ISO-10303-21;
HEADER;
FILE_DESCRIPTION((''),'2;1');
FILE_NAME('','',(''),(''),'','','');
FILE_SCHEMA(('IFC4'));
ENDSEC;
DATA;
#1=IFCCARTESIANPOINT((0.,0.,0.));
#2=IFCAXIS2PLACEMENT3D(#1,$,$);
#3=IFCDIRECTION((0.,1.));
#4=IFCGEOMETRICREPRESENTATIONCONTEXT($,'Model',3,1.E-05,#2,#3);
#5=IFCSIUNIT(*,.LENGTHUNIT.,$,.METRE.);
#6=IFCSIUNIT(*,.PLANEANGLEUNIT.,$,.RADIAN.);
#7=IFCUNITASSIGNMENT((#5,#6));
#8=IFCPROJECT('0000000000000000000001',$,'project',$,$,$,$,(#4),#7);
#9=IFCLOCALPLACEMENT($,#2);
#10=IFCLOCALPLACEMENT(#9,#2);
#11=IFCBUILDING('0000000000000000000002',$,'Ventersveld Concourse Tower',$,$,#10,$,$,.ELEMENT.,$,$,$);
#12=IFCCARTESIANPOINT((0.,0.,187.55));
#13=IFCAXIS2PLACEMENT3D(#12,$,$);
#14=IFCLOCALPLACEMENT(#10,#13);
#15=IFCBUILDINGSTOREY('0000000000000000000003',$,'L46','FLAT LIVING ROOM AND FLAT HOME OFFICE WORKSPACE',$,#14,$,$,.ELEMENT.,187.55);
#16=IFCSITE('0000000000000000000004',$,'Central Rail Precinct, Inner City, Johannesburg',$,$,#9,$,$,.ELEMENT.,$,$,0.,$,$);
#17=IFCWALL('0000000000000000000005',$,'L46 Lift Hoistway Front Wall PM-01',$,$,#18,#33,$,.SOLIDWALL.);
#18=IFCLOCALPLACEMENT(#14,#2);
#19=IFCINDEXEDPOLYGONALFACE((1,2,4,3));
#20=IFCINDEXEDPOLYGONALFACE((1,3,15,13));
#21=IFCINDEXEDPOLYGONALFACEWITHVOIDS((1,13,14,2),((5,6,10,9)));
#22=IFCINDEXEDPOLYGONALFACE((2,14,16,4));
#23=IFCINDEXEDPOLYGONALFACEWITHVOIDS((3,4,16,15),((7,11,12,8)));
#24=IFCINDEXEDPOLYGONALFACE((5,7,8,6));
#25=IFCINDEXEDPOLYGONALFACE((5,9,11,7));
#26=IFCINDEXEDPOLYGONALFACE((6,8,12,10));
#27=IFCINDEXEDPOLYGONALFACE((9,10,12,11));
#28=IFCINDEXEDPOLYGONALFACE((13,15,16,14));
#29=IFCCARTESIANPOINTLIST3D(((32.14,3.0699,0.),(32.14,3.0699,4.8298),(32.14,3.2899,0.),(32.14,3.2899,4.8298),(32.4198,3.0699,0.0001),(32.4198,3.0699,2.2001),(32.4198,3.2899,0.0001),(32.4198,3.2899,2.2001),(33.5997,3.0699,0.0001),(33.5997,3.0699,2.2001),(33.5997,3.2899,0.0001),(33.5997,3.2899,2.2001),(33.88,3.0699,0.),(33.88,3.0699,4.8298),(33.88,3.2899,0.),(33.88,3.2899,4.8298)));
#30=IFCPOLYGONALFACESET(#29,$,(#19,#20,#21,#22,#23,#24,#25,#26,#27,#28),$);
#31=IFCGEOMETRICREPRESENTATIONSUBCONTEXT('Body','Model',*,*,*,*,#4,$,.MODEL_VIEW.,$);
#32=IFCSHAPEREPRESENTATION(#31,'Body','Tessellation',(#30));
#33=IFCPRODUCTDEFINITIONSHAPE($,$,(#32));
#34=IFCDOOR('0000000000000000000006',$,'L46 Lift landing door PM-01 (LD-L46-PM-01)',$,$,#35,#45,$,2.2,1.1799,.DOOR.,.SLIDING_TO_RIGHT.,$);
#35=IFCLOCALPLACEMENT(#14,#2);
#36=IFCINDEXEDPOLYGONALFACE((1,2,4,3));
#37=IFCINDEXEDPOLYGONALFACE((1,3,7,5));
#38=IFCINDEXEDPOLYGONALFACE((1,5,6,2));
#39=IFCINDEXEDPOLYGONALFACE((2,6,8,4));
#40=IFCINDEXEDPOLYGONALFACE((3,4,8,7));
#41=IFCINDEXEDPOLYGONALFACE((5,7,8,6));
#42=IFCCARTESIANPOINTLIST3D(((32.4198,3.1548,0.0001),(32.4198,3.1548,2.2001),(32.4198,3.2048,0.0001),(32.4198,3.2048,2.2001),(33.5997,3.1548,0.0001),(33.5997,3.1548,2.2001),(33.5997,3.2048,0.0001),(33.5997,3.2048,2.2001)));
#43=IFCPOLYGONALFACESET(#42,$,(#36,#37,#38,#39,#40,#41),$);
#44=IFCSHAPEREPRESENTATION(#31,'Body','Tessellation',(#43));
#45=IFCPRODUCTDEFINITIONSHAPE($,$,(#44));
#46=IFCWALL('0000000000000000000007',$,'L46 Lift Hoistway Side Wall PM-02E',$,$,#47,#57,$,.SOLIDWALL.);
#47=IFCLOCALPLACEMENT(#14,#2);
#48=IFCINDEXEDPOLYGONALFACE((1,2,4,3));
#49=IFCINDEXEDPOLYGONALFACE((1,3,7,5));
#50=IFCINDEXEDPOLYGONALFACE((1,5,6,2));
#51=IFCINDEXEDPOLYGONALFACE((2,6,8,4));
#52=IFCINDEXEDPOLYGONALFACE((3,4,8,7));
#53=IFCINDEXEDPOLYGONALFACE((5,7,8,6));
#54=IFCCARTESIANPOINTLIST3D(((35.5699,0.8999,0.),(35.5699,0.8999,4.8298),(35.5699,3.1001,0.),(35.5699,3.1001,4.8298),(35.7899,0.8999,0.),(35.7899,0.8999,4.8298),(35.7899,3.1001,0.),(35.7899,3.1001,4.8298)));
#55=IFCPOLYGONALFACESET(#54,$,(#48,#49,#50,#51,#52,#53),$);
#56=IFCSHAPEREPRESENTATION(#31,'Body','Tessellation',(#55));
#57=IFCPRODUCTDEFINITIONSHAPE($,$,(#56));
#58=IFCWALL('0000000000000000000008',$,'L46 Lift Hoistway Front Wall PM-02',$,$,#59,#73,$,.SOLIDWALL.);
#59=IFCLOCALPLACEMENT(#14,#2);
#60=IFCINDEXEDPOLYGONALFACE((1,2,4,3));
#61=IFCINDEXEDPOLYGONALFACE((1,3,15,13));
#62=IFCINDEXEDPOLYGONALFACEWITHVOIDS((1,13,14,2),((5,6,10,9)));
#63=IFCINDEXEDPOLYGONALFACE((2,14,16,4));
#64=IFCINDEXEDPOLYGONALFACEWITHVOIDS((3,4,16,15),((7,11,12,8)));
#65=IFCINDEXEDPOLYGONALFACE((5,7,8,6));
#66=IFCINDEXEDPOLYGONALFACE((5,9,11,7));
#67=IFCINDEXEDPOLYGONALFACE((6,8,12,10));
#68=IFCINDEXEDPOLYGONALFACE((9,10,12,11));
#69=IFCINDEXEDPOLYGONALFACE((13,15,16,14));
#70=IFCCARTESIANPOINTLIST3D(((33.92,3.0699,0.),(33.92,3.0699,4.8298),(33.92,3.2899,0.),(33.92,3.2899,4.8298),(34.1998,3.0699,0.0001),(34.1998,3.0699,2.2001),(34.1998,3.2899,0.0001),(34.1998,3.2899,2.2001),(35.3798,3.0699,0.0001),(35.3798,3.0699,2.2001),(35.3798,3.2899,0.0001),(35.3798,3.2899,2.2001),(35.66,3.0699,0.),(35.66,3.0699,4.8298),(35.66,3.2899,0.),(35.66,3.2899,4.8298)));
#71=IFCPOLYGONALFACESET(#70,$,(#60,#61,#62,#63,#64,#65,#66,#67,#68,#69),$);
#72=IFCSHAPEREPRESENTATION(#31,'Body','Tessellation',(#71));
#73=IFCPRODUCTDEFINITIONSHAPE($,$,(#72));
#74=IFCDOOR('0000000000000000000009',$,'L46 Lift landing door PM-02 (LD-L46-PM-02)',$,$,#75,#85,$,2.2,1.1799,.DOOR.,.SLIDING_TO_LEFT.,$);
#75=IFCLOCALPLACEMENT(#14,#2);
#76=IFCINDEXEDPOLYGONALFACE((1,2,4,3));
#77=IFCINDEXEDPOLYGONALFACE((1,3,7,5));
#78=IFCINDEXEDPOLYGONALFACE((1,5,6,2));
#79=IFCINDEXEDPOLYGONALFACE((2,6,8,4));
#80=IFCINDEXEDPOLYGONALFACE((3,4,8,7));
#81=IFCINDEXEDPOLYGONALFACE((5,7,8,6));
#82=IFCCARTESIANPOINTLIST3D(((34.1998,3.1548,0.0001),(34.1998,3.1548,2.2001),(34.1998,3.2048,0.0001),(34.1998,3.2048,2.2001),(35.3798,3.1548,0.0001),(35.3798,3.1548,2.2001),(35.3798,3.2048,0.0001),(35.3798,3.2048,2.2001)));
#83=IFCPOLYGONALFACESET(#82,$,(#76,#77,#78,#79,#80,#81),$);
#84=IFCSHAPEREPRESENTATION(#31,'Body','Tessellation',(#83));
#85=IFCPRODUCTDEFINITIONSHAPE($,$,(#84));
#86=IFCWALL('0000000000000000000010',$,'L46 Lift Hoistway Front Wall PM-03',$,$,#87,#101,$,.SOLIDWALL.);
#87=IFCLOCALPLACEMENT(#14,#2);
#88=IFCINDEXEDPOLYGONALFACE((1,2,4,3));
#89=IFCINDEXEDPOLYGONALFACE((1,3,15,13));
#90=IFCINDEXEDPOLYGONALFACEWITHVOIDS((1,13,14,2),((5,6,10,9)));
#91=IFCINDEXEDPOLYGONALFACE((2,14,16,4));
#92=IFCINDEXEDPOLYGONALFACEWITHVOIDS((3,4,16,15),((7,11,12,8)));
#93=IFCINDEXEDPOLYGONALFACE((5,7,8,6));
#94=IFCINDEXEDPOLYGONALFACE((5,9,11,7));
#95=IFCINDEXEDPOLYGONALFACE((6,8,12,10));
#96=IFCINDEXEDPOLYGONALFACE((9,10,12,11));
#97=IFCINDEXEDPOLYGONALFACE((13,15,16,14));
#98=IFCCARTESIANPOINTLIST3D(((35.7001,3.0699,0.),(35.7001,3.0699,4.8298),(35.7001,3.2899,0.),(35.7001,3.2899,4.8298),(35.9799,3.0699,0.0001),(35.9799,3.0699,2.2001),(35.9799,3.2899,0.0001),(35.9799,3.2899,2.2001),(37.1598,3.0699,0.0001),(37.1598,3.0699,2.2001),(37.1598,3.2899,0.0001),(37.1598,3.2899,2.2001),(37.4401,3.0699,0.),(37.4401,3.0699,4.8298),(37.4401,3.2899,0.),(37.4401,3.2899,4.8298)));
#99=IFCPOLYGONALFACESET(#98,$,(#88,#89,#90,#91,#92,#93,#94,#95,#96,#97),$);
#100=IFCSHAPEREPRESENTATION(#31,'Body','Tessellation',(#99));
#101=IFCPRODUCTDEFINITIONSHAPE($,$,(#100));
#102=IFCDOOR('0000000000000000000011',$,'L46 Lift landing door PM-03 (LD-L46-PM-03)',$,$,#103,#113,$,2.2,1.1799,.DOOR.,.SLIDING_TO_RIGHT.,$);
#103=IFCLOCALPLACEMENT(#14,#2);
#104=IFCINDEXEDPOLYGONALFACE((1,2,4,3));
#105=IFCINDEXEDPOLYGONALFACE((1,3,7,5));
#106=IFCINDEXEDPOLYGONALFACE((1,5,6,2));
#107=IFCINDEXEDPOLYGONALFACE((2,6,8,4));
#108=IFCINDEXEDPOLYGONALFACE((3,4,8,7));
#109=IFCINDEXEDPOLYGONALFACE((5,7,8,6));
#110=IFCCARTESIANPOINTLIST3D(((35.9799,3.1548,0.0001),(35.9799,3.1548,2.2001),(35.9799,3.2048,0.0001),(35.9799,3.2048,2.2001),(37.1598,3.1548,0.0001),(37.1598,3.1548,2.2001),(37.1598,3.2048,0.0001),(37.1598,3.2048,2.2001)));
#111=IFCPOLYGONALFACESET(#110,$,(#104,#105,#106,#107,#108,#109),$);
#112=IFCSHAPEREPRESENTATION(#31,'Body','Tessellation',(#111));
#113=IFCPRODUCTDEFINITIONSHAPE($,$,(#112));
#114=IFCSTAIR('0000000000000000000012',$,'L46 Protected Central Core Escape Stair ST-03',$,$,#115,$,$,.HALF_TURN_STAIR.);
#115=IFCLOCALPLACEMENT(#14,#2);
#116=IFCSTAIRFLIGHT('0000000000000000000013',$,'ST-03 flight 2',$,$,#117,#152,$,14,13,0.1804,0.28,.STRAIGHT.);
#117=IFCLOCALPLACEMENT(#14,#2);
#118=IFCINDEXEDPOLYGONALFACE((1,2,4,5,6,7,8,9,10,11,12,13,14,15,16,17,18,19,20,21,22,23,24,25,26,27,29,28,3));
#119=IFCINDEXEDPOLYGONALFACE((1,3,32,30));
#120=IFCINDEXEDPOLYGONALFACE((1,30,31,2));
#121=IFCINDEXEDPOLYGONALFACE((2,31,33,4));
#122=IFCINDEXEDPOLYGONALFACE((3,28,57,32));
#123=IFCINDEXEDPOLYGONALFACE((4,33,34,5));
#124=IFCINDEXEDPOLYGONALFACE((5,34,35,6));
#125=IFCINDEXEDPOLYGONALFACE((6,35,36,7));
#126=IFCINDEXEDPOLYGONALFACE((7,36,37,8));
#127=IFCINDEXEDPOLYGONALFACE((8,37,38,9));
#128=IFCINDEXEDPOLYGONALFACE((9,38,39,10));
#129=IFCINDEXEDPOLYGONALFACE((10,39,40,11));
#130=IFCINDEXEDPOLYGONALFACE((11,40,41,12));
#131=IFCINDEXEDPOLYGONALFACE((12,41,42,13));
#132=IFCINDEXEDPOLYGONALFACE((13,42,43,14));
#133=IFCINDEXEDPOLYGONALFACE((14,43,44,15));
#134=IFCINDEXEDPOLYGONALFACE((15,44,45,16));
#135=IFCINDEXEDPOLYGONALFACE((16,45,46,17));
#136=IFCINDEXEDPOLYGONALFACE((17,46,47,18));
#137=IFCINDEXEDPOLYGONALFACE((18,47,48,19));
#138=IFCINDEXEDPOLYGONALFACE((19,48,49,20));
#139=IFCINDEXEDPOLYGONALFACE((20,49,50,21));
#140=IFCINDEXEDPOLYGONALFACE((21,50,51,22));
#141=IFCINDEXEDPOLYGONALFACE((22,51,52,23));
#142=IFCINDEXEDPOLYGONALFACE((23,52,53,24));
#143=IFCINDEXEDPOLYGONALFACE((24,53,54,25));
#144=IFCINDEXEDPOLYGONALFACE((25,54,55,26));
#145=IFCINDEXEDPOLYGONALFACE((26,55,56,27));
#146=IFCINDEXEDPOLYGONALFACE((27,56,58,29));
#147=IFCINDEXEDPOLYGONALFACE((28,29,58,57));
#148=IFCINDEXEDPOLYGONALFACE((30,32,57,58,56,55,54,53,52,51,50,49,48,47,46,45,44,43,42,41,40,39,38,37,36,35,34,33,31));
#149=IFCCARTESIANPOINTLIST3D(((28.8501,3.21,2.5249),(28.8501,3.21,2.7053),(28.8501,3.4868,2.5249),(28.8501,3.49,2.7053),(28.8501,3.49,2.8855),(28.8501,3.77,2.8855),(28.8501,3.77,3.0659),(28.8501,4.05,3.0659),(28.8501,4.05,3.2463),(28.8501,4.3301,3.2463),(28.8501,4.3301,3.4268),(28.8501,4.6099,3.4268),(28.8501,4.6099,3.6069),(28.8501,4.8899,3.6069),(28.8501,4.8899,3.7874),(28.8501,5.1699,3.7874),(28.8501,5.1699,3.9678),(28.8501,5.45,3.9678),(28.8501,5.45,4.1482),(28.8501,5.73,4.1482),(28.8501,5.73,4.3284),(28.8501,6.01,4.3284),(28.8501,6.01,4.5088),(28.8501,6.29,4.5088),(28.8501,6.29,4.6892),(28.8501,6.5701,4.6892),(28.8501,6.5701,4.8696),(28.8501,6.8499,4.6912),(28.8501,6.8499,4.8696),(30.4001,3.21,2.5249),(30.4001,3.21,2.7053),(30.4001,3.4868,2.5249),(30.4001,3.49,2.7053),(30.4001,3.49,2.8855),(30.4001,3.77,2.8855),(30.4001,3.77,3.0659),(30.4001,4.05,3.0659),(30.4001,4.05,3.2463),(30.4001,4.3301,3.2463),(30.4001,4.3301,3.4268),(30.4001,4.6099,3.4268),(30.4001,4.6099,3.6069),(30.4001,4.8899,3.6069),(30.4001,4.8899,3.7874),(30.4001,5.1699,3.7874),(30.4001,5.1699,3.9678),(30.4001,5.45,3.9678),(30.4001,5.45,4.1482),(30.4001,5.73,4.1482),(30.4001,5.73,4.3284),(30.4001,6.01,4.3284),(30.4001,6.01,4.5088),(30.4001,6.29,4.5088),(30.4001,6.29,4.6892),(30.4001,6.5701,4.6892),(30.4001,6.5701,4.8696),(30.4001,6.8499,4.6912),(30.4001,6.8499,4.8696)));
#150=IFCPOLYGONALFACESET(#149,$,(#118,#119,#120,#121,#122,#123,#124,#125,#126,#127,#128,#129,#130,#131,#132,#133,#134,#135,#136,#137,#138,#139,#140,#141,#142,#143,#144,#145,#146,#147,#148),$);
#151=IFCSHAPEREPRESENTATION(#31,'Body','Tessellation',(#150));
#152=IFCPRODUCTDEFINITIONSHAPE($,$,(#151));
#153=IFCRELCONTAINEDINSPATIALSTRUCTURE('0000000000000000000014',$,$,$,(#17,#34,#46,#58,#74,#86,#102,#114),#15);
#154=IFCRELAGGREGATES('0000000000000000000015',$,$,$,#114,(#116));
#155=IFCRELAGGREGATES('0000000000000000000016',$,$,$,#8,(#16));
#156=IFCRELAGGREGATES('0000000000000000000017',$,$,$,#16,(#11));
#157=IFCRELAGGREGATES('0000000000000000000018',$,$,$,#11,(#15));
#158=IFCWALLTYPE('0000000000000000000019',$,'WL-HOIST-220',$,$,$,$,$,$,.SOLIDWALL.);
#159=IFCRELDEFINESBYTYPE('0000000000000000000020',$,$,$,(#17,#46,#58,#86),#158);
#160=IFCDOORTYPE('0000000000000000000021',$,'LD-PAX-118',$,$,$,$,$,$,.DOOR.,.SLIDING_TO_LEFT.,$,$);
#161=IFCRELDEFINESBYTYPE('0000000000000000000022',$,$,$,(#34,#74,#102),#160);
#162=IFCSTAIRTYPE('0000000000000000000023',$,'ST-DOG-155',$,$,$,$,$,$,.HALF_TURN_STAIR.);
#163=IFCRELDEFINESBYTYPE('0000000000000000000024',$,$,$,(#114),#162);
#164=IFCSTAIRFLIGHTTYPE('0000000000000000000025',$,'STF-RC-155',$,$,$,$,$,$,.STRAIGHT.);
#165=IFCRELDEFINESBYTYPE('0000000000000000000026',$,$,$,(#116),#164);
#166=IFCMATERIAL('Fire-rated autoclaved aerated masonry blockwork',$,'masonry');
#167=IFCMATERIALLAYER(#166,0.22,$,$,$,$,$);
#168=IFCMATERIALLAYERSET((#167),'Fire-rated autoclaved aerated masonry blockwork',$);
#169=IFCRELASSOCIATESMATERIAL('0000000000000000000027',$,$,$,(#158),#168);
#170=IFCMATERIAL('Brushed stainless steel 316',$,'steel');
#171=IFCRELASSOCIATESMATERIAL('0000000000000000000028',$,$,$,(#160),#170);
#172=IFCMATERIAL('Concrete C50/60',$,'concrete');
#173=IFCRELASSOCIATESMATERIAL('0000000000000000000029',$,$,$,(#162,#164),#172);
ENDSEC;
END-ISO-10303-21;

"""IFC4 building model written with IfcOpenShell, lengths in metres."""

from ifc_helpers import new_model, si_unit, direction, frame, frame_2d, origin, place, context, subcontext, project, spatial, polyline, rectangle, outline, extrude, material, layer, layer_set, type_object, element, fill, aggregate, save


model = new_model("IFC4")

# Units and contexts
model_context = context("Model", 3, precision=1e-05, world=origin(), true_north=direction((0.0, 1.0)))
body_context = subcontext(model_context, "Body", "Model", "MODEL_VIEW")
ifc_project = project(units=[si_unit("LENGTHUNIT", "METRE"), si_unit("PLANEANGLEUNIT", "RADIAN")], contexts=[model_context])

# Site, building, storey
site_placement = place(None, origin())
site = spatial("IfcSite", under=ifc_project, at=site_placement, Name="Central Rail Precinct, Inner City, Johannesburg", CompositionType="ELEMENT", RefElevation=0.0)
building_placement = place(site_placement, origin())
building = spatial("IfcBuilding", under=site, at=building_placement, Name="Ventersveld Concourse Tower", CompositionType="ELEMENT")
storey_placement = place(building_placement, frame((0.0, 0.0, 187.55)))
storey = spatial("IfcBuildingStorey", under=building, at=storey_placement, Name="L46", Description="FLAT LIVING ROOM AND FLAT HOME OFFICE WORKSPACE", CompositionType="ELEMENT", Elevation=187.55)

# Shared definitions
ifc_material_1 = material(Name="Concrete C50/60", Category="concrete")

# Shared definitions
ifc_material_2 = material(Name="Fire-rated autoclaved aerated masonry blockwork", Category="masonry")
ifc_layer_1 = layer(ifc_material_2, 0.22)
ifc_layer_set_1 = layer_set([ifc_layer_1], Name="Fire-rated autoclaved aerated masonry blockwork")
wall_type_1 = type_object("IfcWallType", Name="WL-HOIST-220", PredefinedType="SOLIDWALL", material=ifc_layer_set_1)

# Wall, opening, door
wall_1_placement = place(storey_placement, frame((32.1399, 3.1799, 0.0), z_axis=(0.0, 0.0, 1.0), x_axis=(1.0, 0.0, 0.0)))
wall_1 = element("IfcWall", 1, at=wall_1_placement, inside=storey, type_object=wall_type_1, Name="L46 Lift Hoistway Front Wall PM-01", PredefinedType="SOLIDWALL", context=body_context, shape_type="SweptSolid", body=[
    extrude(rectangle(XDim=1.74, YDim=0.22, at=frame_2d((0.8701, 0.0))), origin(), (0.0, 0.0, 1.0), 4.8298),
])
opening_1_placement = place(wall_1_placement, frame((0.28, 0.0, 0.0)))
opening_1 = element("IfcOpeningElement", 2, at=opening_1_placement, cuts=wall_1, PredefinedType="OPENING", context=body_context, shape_type="SweptSolid", body=[
    extrude(rectangle(XDim=1.1799, YDim=2.2, at=frame_2d((0.5898, 1.1001))), frame((0.0, 0.1201, 0.0), z_axis=(0.0, -1.0, 0.0), x_axis=(1.0, 0.0, 0.0)), (0.0, 0.0, 1.0), 0.24),
])
ifc_material_3 = material(Name="Brushed stainless steel 316", Category="steel")
door_type = type_object("IfcDoorType", Name="LD-PAX-118", OperationType="SLIDING_TO_LEFT", PredefinedType="DOOR", material=ifc_material_3)
door_1_placement = place(opening_1_placement, origin())
door_1 = element("IfcDoor", 3, at=door_1_placement, inside=storey, type_object=door_type, Name="L46 Lift landing door PM-01 (LD-L46-PM-01)", OperationType="SLIDING_TO_RIGHT", OverallHeight=2.2, OverallWidth=1.1799, PredefinedType="DOOR", context=body_context, shape_type="SweptSolid", body=[
    extrude(rectangle(XDim=1.1799, YDim=2.2, at=frame_2d((0.5898, 1.1001))), frame((0.0, 0.0249, 0.0), z_axis=(0.0, -1.0, 0.0), x_axis=(1.0, 0.0, 0.0)), (0.0, 0.0, 1.0), 0.05),
])
fill(opening_1, door_1)

# Wall
wall_2_placement = place(storey_placement, frame((35.6799, 0.8999, 0.0), z_axis=(0.0, 0.0, 1.0), x_axis=(0.0, 1.0, 0.0)))
element("IfcWall", 4, at=wall_2_placement, inside=storey, type_object=wall_type_1, Name="L46 Lift Hoistway Side Wall PM-02E", PredefinedType="SOLIDWALL", context=body_context, shape_type="SweptSolid", body=[
    extrude(rectangle(XDim=2.2002, YDim=0.22, at=frame_2d((1.1001, 0.0))), origin(), (0.0, 0.0, 1.0), 4.8298),
])

# Walls, openings, doors
wall_3_placement = place(storey_placement, frame((33.9199, 3.1799, 0.0), z_axis=(0.0, 0.0, 1.0), x_axis=(1.0, 0.0, 0.0)))
wall_3 = element("IfcWall", 5, at=wall_3_placement, inside=storey, type_object=wall_type_1, Name="L46 Lift Hoistway Front Wall PM-02", PredefinedType="SOLIDWALL", context=body_context, shape_type="SweptSolid", body=[
    extrude(rectangle(XDim=1.74, YDim=0.22, at=frame_2d((0.8701, 0.0))), origin(), (0.0, 0.0, 1.0), 4.8298),
])
opening_2_placement = place(wall_3_placement, frame((0.28, 0.0, 0.0)))
opening_2 = element("IfcOpeningElement", 6, at=opening_2_placement, cuts=wall_3, PredefinedType="OPENING", context=body_context, shape_type="SweptSolid", body=[
    extrude(rectangle(XDim=1.1799, YDim=2.2, at=frame_2d((0.5898, 1.1001))), frame((0.0, 0.1201, 0.0), z_axis=(0.0, -1.0, 0.0), x_axis=(1.0, 0.0, 0.0)), (0.0, 0.0, 1.0), 0.24),
])
door_2_placement = place(opening_2_placement, origin())
door_2 = element("IfcDoor", 7, at=door_2_placement, inside=storey, type_object=door_type, Name="L46 Lift landing door PM-02 (LD-L46-PM-02)", OperationType="SLIDING_TO_LEFT", OverallHeight=2.2, OverallWidth=1.1799, PredefinedType="DOOR", context=body_context, shape_type="SweptSolid", body=[
    extrude(rectangle(XDim=1.1799, YDim=2.2, at=frame_2d((0.5898, 1.1001))), frame((0.0, 0.0249, 0.0), z_axis=(0.0, -1.0, 0.0), x_axis=(1.0, 0.0, 0.0)), (0.0, 0.0, 1.0), 0.05),
])
fill(opening_2, door_2)
wall_4_placement = place(storey_placement, frame((35.7, 3.1799, 0.0), z_axis=(0.0, 0.0, 1.0), x_axis=(1.0, 0.0, 0.0)))
wall_4 = element("IfcWall", 8, at=wall_4_placement, inside=storey, type_object=wall_type_1, Name="L46 Lift Hoistway Front Wall PM-03", PredefinedType="SOLIDWALL", context=body_context, shape_type="SweptSolid", body=[
    extrude(rectangle(XDim=1.74, YDim=0.22, at=frame_2d((0.8701, 0.0))), origin(), (0.0, 0.0, 1.0), 4.8298),
])
opening_3_placement = place(wall_4_placement, frame((0.28, 0.0, 0.0)))
opening_3 = element("IfcOpeningElement", 9, at=opening_3_placement, cuts=wall_4, PredefinedType="OPENING", context=body_context, shape_type="SweptSolid", body=[
    extrude(rectangle(XDim=1.1799, YDim=2.2, at=frame_2d((0.5898, 1.1001))), frame((0.0, 0.1201, 0.0), z_axis=(0.0, -1.0, 0.0), x_axis=(1.0, 0.0, 0.0)), (0.0, 0.0, 1.0), 0.24),
])
door_3_placement = place(opening_3_placement, origin())
door_3 = element("IfcDoor", 10, at=door_3_placement, inside=storey, type_object=door_type, Name="L46 Lift landing door PM-03 (LD-L46-PM-03)", OperationType="SLIDING_TO_RIGHT", OverallHeight=2.2, OverallWidth=1.1799, PredefinedType="DOOR", context=body_context, shape_type="SweptSolid", body=[
    extrude(rectangle(XDim=1.1799, YDim=2.2, at=frame_2d((0.5898, 1.1001))), frame((0.0, 0.0249, 0.0), z_axis=(0.0, -1.0, 0.0), x_axis=(1.0, 0.0, 0.0)), (0.0, 0.0, 1.0), 0.05),
])
fill(opening_3, door_3)

# Stair, stair flight
stair_type = type_object("IfcStairType", Name="ST-DOG-155", PredefinedType="HALF_TURN_STAIR", material=ifc_material_1)
stair_placement = place(storey_placement, origin())
stair = element("IfcStair", 11, at=stair_placement, inside=storey, type_object=stair_type, Name="L46 Protected Central Core Escape Stair ST-03", PredefinedType="HALF_TURN_STAIR")
stair_flight_type = type_object("IfcStairFlightType", Name="STF-RC-155", PredefinedType="STRAIGHT", material=ifc_material_1)
stair_flight_placement = place(storey_placement, frame((29.625, 3.21, 2.5249), z_axis=(0.0, 0.0, 1.0), x_axis=(0.0, 1.0, 0.0)))
stair_flight = element("IfcStairFlight", 12, at=stair_flight_placement, type_object=stair_flight_type, Name="ST-03 flight 2", NumberOfRisers=14, NumberOfTreads=13, PredefinedType="STRAIGHT", RiserHeight=0.1804, TreadLength=0.28, context=body_context, shape_type="SweptSolid", body=[
    extrude(outline(polyline([(0.0, 0.0), (0.0, 0.1804), (0.28, 0.1804), (0.28, 0.3606), (0.5601, 0.3606), (0.5601, 0.541), (0.8401, 0.541), (0.8401, 0.7214), (1.1201, 0.7214), (1.1201, 0.9019), (1.3999, 0.9019), (1.3999, 1.082), (1.6799, 1.082), (1.6799, 1.2625), (1.96, 1.2625), (1.96, 1.4429), (2.24, 1.4429), (2.24, 1.6233), (2.52, 1.6233), (2.52, 1.8035), (2.8, 1.8035), (2.8, 1.9839), (3.0801, 1.9839), (3.0801, 2.1643), (3.3601, 2.1643), (3.3601, 2.3447), (3.6399, 2.3447), (3.6399, 2.5249), (3.6399, 2.1663), (0.2769, 0.0), (0.0, 0.0)])), frame((0.0, 0.7749, 0.0), z_axis=(0.0, -1.0, 0.0), x_axis=(1.0, 0.0, 0.0)), (0.0, 0.0, 1.0), 1.55),
])
aggregate(stair, [stair_flight])

save(model, "model.ifc")
